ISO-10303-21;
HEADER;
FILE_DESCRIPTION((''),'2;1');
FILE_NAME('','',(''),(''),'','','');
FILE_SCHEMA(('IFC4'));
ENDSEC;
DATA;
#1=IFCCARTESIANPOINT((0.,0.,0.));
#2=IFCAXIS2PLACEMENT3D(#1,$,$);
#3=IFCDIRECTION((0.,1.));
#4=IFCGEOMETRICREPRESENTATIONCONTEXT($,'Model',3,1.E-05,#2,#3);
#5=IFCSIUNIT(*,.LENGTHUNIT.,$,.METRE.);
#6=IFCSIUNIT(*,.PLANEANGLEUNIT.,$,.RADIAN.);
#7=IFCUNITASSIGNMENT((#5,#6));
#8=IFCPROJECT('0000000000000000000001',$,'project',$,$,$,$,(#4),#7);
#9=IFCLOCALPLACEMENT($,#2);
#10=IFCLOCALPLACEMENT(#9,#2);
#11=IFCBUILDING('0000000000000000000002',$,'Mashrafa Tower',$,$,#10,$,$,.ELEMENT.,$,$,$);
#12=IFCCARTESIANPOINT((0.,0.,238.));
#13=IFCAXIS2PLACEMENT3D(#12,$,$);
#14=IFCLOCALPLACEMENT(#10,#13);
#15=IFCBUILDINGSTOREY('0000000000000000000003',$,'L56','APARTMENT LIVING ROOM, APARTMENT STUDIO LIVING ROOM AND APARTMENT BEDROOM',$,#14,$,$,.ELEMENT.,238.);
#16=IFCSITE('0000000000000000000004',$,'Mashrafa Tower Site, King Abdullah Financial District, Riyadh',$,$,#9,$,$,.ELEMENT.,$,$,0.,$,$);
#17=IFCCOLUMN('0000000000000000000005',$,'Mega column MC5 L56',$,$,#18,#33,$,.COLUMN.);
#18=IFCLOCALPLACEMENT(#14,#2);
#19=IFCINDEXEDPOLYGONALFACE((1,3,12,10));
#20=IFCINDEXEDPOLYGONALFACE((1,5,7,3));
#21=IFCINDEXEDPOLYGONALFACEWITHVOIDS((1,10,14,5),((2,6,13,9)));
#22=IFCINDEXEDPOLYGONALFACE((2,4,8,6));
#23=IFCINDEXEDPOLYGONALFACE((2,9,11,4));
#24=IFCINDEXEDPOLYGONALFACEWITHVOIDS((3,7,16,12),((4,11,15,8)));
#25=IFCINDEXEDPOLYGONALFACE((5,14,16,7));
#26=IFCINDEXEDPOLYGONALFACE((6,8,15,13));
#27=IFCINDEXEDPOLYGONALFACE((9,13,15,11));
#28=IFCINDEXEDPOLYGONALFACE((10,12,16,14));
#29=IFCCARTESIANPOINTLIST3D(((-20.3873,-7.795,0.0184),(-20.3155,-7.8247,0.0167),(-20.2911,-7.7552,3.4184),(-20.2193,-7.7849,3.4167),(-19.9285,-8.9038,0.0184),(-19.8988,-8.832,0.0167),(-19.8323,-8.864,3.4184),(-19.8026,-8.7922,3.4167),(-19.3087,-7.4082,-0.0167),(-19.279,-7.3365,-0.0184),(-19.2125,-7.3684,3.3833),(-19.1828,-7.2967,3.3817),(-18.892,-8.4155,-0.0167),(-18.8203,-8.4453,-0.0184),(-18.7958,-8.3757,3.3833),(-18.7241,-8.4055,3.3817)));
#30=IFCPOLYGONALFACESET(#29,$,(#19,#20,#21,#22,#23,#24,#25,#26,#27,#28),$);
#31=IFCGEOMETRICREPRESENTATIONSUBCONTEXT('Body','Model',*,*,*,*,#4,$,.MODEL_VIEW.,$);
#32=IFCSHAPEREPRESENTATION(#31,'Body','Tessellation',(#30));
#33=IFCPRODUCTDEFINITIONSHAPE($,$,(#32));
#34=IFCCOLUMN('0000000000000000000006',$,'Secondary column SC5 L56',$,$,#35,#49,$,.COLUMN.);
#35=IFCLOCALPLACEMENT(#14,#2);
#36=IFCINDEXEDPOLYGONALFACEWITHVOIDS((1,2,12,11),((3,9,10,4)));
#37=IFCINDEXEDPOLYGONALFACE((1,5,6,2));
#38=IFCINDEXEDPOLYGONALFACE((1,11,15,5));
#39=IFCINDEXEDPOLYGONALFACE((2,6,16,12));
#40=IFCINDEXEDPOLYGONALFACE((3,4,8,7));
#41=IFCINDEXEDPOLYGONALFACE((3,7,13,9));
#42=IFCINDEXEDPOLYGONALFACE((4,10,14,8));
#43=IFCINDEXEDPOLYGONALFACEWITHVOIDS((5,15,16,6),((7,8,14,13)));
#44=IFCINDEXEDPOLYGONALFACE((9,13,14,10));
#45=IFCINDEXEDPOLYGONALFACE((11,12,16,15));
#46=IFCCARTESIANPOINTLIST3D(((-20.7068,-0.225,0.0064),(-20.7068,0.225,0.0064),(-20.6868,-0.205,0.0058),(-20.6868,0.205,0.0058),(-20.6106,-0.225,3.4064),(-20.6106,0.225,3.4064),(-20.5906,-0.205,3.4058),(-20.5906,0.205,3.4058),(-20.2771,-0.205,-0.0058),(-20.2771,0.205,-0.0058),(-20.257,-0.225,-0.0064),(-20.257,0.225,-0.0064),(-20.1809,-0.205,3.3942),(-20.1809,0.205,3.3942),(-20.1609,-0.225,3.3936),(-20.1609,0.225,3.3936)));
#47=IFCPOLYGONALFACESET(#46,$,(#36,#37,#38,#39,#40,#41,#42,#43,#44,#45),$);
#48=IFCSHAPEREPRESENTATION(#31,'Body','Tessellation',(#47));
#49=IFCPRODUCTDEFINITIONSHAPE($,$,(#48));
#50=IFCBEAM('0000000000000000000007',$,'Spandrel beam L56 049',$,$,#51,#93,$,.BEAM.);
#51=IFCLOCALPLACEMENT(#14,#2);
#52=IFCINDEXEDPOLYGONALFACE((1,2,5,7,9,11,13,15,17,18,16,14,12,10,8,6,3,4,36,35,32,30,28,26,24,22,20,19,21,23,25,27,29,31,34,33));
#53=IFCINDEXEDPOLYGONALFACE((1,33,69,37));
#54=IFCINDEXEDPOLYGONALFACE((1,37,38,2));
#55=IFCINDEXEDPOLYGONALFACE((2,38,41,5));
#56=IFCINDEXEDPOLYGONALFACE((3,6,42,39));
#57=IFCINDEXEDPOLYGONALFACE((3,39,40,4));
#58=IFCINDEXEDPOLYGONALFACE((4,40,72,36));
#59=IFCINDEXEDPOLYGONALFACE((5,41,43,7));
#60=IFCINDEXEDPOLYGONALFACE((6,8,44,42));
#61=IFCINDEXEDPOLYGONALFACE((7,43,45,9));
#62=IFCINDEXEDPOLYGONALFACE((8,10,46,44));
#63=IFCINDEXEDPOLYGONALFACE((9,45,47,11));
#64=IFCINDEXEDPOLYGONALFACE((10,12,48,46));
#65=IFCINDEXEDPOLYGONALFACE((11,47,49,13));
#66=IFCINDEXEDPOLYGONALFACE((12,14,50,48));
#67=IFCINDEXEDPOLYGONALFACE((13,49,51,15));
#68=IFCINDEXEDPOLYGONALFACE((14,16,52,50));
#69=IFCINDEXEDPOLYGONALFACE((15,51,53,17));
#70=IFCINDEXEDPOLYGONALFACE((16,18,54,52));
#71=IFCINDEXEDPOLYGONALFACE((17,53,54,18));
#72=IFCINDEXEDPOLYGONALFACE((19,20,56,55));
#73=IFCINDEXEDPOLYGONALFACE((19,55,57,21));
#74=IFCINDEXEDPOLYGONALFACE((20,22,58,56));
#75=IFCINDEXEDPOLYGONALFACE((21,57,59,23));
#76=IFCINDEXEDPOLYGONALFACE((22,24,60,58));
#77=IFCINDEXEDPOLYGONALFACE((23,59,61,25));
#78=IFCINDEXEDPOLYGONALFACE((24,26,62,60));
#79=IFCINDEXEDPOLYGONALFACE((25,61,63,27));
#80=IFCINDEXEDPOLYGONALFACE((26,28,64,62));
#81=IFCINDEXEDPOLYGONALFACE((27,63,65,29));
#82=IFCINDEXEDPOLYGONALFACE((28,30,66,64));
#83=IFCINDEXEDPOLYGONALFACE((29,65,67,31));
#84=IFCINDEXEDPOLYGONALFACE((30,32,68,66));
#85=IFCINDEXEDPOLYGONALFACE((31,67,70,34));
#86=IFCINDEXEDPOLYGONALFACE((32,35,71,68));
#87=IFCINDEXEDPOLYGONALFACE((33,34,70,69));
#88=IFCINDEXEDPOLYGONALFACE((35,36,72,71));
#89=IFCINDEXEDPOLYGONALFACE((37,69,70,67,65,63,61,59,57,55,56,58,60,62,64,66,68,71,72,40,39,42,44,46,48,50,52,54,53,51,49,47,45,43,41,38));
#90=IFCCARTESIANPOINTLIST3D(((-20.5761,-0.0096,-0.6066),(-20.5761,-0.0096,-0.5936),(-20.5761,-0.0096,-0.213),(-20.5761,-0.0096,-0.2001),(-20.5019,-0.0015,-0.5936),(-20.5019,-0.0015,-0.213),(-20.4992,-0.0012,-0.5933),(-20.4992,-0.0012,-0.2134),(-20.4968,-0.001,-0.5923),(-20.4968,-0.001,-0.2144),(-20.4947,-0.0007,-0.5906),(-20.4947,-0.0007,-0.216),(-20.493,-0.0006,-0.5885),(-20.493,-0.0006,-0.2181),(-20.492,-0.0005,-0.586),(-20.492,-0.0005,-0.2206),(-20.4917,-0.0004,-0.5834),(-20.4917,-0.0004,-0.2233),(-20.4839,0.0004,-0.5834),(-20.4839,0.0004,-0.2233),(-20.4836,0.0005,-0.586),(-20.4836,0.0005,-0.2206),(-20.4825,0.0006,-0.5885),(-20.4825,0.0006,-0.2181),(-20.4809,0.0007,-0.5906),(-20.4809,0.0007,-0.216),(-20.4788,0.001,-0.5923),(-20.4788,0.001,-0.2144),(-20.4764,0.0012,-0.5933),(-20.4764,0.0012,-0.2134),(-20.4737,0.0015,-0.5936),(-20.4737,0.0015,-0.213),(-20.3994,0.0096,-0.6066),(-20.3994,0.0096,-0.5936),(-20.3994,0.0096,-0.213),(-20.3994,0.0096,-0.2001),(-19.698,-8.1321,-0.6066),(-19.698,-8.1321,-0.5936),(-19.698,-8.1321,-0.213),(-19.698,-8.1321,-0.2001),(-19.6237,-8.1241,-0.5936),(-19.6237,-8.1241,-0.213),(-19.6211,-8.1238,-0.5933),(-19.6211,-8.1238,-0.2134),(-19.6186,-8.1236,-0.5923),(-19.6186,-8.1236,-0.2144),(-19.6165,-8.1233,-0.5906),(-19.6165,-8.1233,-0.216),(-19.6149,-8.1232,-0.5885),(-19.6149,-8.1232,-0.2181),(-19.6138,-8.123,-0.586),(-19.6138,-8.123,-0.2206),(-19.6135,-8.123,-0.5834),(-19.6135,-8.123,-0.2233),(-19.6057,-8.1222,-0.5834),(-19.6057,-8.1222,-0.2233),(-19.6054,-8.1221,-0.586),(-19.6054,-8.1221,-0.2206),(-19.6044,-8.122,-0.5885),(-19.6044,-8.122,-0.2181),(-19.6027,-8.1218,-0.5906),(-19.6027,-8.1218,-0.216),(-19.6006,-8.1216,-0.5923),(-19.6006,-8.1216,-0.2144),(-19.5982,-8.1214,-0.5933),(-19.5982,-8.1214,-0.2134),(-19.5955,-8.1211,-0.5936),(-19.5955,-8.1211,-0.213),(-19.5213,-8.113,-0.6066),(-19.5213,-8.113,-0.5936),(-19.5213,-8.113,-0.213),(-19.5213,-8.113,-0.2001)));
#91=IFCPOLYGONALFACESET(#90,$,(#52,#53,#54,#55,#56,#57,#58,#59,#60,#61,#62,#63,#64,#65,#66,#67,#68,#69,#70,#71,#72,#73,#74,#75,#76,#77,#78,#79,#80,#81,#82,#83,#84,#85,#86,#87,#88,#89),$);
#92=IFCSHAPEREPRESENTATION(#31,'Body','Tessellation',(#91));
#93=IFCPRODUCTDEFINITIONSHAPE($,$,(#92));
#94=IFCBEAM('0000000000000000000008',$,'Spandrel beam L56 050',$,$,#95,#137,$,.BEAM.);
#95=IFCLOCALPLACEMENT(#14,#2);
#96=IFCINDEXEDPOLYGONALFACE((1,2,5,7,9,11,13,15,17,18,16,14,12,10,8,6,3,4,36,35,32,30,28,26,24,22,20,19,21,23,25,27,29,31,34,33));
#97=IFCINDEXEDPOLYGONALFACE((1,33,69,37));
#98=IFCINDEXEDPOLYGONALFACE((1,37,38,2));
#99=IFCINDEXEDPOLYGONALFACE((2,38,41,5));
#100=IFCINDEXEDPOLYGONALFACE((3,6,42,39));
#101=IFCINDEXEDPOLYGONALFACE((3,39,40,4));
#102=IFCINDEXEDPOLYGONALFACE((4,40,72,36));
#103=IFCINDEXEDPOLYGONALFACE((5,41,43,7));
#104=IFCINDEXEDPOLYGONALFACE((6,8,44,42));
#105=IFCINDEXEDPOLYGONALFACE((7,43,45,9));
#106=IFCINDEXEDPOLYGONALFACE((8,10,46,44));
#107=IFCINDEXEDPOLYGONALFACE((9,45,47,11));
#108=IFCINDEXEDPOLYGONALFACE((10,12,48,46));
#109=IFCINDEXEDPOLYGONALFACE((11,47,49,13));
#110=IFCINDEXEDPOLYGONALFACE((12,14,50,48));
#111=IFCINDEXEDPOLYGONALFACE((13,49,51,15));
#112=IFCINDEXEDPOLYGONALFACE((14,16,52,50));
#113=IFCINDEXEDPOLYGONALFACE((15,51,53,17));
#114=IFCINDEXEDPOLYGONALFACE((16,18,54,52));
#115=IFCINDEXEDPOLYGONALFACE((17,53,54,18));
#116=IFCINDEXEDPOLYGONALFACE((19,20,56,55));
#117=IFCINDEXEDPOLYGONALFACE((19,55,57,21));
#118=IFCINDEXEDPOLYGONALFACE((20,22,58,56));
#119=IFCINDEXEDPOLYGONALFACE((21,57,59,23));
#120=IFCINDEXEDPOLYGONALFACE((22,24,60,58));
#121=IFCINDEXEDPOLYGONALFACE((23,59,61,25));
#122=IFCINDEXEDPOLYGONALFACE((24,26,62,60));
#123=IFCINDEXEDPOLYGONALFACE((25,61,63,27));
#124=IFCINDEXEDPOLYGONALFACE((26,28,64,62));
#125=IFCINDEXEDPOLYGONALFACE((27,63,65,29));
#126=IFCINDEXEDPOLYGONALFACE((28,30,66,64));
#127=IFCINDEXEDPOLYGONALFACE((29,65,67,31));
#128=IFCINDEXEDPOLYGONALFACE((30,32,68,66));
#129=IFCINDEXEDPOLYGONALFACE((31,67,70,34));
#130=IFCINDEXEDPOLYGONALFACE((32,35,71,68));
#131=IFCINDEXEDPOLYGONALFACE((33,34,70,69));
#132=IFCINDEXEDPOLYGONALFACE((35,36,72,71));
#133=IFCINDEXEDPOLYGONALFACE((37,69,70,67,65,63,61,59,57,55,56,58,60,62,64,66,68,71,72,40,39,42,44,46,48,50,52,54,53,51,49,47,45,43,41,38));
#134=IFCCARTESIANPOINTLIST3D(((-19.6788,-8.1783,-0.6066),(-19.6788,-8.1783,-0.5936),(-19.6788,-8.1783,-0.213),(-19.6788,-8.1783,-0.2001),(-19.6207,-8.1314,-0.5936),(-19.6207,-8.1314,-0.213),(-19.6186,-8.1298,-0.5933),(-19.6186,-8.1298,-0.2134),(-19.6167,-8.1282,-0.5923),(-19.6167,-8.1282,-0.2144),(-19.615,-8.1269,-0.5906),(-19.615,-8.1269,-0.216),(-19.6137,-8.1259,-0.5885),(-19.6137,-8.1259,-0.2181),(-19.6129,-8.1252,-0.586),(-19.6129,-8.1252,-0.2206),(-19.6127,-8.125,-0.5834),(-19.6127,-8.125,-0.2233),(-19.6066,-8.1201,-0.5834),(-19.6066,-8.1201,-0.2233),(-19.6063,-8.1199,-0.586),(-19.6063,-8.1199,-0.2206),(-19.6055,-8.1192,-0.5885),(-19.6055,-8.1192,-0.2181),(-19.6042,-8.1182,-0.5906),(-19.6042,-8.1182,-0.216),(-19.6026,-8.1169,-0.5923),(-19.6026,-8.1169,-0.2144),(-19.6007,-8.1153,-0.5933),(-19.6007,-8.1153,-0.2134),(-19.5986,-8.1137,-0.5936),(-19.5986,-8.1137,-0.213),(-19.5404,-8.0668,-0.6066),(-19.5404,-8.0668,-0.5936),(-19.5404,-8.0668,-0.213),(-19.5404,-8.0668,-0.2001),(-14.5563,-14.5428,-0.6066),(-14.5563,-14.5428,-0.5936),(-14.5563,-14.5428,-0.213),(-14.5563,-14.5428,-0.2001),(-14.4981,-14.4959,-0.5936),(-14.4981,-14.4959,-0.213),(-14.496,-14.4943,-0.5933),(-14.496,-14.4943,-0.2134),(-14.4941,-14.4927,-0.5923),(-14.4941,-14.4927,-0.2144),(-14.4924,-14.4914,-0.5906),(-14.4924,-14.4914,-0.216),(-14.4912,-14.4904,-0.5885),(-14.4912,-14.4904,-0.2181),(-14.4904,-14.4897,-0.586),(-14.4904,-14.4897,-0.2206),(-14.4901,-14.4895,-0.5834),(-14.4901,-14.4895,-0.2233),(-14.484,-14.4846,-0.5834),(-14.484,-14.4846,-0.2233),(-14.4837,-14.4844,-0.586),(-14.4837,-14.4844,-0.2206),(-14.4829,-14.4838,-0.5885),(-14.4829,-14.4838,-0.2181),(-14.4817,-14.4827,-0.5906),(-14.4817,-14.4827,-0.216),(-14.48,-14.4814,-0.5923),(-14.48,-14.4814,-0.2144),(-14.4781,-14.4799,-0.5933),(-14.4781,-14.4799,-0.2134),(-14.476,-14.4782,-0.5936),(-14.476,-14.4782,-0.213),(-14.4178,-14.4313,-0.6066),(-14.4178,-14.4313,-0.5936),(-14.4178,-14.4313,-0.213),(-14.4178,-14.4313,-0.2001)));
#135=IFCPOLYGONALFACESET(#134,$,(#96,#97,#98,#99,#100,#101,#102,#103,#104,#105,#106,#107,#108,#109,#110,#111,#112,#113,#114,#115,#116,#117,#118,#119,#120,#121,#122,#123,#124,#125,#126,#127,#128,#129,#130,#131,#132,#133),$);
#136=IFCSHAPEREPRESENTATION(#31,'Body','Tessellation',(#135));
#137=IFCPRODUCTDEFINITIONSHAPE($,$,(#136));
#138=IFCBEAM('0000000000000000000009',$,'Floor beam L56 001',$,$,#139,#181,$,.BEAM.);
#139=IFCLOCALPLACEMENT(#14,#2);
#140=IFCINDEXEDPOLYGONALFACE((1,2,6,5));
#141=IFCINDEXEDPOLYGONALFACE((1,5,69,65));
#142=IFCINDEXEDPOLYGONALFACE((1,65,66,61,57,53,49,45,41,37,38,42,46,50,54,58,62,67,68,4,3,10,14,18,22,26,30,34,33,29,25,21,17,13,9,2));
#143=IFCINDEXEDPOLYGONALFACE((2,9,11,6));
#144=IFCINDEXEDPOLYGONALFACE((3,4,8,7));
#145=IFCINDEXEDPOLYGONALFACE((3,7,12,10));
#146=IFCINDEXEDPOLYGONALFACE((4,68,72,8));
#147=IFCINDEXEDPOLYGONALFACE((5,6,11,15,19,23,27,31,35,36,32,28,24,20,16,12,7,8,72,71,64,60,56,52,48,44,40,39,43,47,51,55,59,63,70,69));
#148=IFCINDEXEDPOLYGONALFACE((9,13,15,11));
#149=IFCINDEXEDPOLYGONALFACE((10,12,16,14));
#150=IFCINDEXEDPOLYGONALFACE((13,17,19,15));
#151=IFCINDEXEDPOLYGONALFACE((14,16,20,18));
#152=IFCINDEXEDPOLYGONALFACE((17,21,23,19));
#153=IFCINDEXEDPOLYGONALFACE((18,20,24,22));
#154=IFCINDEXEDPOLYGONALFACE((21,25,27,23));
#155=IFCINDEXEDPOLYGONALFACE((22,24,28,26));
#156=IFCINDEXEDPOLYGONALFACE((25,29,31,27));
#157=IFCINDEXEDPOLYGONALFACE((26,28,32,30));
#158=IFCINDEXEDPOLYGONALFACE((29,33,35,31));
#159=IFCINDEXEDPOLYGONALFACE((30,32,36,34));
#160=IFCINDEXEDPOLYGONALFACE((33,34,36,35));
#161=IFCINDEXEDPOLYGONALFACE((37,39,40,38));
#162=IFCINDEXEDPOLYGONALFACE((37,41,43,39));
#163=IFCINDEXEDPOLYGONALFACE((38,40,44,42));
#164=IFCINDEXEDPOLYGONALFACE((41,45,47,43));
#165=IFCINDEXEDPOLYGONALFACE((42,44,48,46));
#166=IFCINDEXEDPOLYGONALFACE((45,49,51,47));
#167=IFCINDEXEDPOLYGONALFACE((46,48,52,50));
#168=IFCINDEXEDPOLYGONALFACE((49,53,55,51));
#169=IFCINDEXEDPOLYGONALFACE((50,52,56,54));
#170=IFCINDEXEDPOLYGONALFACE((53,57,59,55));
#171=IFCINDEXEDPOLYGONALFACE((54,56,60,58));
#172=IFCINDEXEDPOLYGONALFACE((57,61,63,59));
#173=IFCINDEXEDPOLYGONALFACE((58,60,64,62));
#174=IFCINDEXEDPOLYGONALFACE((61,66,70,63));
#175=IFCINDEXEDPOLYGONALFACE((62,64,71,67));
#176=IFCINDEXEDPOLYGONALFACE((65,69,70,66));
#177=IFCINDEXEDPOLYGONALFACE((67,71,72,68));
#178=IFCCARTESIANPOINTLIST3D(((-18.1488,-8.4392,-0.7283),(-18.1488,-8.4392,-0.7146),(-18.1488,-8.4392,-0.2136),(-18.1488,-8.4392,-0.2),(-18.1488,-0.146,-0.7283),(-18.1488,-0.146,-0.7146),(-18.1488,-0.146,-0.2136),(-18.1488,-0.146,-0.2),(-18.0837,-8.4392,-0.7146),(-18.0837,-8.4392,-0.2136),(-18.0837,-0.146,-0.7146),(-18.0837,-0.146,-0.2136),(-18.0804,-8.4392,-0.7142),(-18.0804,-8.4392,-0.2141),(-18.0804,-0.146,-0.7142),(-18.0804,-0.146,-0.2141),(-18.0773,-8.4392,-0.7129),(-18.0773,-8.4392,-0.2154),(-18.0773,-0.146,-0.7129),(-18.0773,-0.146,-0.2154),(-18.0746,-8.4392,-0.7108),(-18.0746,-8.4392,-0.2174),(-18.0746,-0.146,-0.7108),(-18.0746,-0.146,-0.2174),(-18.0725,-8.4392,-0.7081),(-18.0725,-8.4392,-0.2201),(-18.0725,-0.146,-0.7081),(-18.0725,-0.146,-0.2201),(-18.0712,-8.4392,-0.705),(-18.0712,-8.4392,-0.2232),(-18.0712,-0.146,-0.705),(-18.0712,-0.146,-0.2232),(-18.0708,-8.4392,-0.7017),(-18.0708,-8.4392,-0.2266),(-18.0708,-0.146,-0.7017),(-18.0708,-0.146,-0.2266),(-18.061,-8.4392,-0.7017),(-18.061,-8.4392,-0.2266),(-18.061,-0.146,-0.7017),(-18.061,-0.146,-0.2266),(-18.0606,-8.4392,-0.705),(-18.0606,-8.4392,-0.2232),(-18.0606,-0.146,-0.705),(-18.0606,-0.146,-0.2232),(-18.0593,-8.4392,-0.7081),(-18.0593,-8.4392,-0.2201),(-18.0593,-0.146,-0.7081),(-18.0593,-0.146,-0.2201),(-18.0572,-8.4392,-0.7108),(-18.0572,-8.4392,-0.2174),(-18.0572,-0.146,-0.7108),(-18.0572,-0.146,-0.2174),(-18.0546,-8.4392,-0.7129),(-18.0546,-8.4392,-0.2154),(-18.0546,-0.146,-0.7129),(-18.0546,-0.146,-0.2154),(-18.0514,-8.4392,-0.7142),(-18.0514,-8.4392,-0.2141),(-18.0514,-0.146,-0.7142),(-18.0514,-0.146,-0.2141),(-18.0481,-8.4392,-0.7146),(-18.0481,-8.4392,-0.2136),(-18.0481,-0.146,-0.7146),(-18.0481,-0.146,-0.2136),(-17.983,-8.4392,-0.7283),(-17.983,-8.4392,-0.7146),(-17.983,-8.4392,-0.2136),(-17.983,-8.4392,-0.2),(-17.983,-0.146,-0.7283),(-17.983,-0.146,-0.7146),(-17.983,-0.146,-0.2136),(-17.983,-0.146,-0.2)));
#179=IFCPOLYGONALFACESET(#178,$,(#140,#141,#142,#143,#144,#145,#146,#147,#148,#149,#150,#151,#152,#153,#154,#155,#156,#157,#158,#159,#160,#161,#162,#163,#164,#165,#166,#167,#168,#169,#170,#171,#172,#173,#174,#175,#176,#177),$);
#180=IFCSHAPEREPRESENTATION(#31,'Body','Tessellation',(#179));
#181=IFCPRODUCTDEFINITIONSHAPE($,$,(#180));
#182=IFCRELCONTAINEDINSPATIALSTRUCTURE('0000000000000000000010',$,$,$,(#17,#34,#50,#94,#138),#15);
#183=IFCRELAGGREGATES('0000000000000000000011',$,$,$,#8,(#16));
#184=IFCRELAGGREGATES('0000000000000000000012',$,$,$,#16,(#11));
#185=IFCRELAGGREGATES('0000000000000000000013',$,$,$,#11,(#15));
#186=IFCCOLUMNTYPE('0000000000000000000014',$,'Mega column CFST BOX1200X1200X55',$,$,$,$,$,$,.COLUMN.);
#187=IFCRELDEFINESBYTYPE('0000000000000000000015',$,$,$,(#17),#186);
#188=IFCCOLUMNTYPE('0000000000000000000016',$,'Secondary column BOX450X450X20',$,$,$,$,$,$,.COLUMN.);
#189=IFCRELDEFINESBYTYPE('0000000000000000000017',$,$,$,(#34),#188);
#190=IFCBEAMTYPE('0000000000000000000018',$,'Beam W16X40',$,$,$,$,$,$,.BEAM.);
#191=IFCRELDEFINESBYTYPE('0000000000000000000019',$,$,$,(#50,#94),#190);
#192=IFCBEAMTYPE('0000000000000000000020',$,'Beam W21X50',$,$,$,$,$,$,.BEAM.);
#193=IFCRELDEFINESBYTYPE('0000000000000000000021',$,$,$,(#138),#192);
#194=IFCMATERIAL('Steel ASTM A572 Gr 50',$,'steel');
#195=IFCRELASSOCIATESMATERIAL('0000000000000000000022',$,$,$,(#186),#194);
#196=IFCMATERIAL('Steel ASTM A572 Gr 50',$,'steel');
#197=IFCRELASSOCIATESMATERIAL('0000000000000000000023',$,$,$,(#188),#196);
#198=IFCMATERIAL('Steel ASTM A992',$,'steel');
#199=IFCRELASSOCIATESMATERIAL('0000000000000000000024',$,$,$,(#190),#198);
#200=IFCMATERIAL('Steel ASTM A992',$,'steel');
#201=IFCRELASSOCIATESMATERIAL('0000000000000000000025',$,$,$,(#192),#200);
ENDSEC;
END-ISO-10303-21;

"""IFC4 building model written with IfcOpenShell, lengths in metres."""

from ifc_helpers import new_model, si_unit, direction, frame, origin, origin_2d, place, context, subcontext, project, spatial, hollow_rectangle, i_section, extrude, material, material_profile, profile_set, type_object, element, save


model = new_model("IFC4")

# Units and contexts
model_context = context("Model", 3, precision=1e-05, world=origin(), true_north=direction((0.0, 1.0)))
body_context = subcontext(model_context, "Body", "Model", "MODEL_VIEW")
ifc_project = project(units=[si_unit("LENGTHUNIT", "METRE"), si_unit("PLANEANGLEUNIT", "RADIAN")], contexts=[model_context])

# Site, building, storey
site_placement = place(None, origin())
site = spatial("IfcSite", under=ifc_project, at=site_placement, Name="Mashrafa Tower Site, King Abdullah Financial District, Riyadh", CompositionType="ELEMENT", RefElevation=0.0)
building_placement = place(site_placement, origin())
building = spatial("IfcBuilding", under=site, at=building_placement, Name="Mashrafa Tower", CompositionType="ELEMENT")
storey_placement = place(building_placement, frame((0.0, 0.0, 238.0)))
storey = spatial("IfcBuildingStorey", under=building, at=storey_placement, Name="L56", Description="APARTMENT LIVING ROOM, APARTMENT STUDIO LIVING ROOM AND APARTMENT BEDROOM", CompositionType="ELEMENT", Elevation=238.0)

# Columns
ifc_material_1 = material(Name="Steel ASTM A572 Gr 50", Category="steel")
ifc_material_profile_1 = material_profile(ifc_material_1, hollow_rectangle(XDim=1.2, YDim=1.2, WallThickness=0.0549, at=origin_2d()), Name="BOX1200X1200X55")
ifc_profile_set_1 = profile_set([ifc_material_profile_1], Name="Steel ASTM A572 Gr 50")
column_type_1 = type_object("IfcColumnType", Name="Mega column CFST BOX1200X1200X55", PredefinedType="COLUMN", material=ifc_profile_set_1)
column_1_placement = place(storey_placement, frame((-19.6038, -8.1201, 0.0), z_axis=(0.028279, 0.011699, 0.999532), x_axis=(-0.382283, 0.924045, 0.0)))
element("IfcColumn", 1, at=column_1_placement, inside=storey, type_object=column_type_1, Name="Mega column MC5 L56", PredefinedType="COLUMN", context=body_context, shape_type="SweptSolid", body=[
    extrude(hollow_rectangle(XDim=1.2, YDim=1.2, WallThickness=0.0549, at=origin_2d()), origin(), (0.0, 0.0, 1.0), 3.4016),
])
ifc_material_2 = material(Name="Steel ASTM A572 Gr 50", Category="steel")
ifc_material_profile_2 = material_profile(ifc_material_2, hollow_rectangle(XDim=0.45, YDim=0.45, WallThickness=0.02, at=origin_2d()), Name="BOX450X450X20")
ifc_profile_set_2 = profile_set([ifc_material_profile_2], Name="Steel ASTM A572 Gr 50")
column_type_2 = type_object("IfcColumnType", Name="Secondary column BOX450X450X20", PredefinedType="COLUMN", material=ifc_profile_set_2)
column_2_placement = place(storey_placement, frame((-20.4819, 0.0, 0.0), z_axis=(0.028281, 0.0, 0.9996), x_axis=(0.0, 1.0, 0.0)))
element("IfcColumn", 2, at=column_2_placement, inside=storey, type_object=column_type_2, Name="Secondary column SC5 L56", PredefinedType="COLUMN", context=body_context, shape_type="SweptSolid", body=[
    extrude(hollow_rectangle(XDim=0.45, YDim=0.45, WallThickness=0.02, at=origin_2d()), origin(), (0.0, 0.0, 1.0), 3.4014),
])

# Beams
ifc_material_3 = material(Name="Steel ASTM A992", Category="steel")
ifc_material_profile_3 = material_profile(ifc_material_3, i_section(OverallWidth=0.1777, OverallDepth=0.4065, WebThickness=0.0078, FlangeThickness=0.0129, FilletRadius=0.0103, at=origin_2d()), Name="W16X40")
ifc_profile_set_3 = profile_set([ifc_material_profile_3], Name="Steel ASTM A992")
beam_type_1 = type_object("IfcBeamType", Name="Beam W16X40", PredefinedType="BEAM", material=ifc_profile_set_3)
for number, where, z_axis, x_axis, name in (
    (3, (-20.4878, 0.0, -0.4033), (0.107489, -0.994206, 0.0), (0.994206, 0.107489, 0.0), "Spandrel beam L56 049"),
    (4, (-19.6096, -8.1226, -0.4033), (0.627003, -0.779017, 0.0), (0.779017, 0.627003, 0.0), "Spandrel beam L56 050"),
):
    element("IfcBeam", number, at=place(storey_placement, frame(where, z_axis=z_axis, x_axis=x_axis)), inside=storey, type_object=beam_type_1, Name=name, PredefinedType="BEAM", context=body_context, shape_type="SweptSolid", body=[
        extrude(i_section(OverallWidth=0.1777, OverallDepth=0.4065, WebThickness=0.0078, FlangeThickness=0.0129, FilletRadius=0.0103, at=origin_2d()), origin(), (0.0, 0.0, 1.0), 8.1699),
    ])
ifc_material_4 = material(Name="Steel ASTM A992", Category="steel")
ifc_material_profile_4 = material_profile(ifc_material_4, i_section(OverallWidth=0.1658, OverallDepth=0.5283, WebThickness=0.0098, FlangeThickness=0.0137, FilletRadius=0.0129, at=origin_2d()), Name="W21X50")
ifc_profile_set_4 = profile_set([ifc_material_profile_4], Name="Steel ASTM A992")
beam_type_2 = type_object("IfcBeamType", Name="Beam W21X50", PredefinedType="BEAM", material=ifc_profile_set_4)
beam_placement = place(storey_placement, frame((-18.0659, -8.4392, -0.4641), z_axis=(0.0, 1.0, 0.0), x_axis=(-1.0, 0.0, 0.0)))
element("IfcBeam", 5, at=beam_placement, inside=storey, type_object=beam_type_2, Name="Floor beam L56 001", PredefinedType="BEAM", context=body_context, shape_type="SweptSolid", body=[
    extrude(i_section(OverallWidth=0.1658, OverallDepth=0.5283, WebThickness=0.0098, FlangeThickness=0.0137, FilletRadius=0.0129, at=origin_2d()), origin(), (0.0, 0.0, 1.0), 8.2932),
])

save(model, "model.ifc")
